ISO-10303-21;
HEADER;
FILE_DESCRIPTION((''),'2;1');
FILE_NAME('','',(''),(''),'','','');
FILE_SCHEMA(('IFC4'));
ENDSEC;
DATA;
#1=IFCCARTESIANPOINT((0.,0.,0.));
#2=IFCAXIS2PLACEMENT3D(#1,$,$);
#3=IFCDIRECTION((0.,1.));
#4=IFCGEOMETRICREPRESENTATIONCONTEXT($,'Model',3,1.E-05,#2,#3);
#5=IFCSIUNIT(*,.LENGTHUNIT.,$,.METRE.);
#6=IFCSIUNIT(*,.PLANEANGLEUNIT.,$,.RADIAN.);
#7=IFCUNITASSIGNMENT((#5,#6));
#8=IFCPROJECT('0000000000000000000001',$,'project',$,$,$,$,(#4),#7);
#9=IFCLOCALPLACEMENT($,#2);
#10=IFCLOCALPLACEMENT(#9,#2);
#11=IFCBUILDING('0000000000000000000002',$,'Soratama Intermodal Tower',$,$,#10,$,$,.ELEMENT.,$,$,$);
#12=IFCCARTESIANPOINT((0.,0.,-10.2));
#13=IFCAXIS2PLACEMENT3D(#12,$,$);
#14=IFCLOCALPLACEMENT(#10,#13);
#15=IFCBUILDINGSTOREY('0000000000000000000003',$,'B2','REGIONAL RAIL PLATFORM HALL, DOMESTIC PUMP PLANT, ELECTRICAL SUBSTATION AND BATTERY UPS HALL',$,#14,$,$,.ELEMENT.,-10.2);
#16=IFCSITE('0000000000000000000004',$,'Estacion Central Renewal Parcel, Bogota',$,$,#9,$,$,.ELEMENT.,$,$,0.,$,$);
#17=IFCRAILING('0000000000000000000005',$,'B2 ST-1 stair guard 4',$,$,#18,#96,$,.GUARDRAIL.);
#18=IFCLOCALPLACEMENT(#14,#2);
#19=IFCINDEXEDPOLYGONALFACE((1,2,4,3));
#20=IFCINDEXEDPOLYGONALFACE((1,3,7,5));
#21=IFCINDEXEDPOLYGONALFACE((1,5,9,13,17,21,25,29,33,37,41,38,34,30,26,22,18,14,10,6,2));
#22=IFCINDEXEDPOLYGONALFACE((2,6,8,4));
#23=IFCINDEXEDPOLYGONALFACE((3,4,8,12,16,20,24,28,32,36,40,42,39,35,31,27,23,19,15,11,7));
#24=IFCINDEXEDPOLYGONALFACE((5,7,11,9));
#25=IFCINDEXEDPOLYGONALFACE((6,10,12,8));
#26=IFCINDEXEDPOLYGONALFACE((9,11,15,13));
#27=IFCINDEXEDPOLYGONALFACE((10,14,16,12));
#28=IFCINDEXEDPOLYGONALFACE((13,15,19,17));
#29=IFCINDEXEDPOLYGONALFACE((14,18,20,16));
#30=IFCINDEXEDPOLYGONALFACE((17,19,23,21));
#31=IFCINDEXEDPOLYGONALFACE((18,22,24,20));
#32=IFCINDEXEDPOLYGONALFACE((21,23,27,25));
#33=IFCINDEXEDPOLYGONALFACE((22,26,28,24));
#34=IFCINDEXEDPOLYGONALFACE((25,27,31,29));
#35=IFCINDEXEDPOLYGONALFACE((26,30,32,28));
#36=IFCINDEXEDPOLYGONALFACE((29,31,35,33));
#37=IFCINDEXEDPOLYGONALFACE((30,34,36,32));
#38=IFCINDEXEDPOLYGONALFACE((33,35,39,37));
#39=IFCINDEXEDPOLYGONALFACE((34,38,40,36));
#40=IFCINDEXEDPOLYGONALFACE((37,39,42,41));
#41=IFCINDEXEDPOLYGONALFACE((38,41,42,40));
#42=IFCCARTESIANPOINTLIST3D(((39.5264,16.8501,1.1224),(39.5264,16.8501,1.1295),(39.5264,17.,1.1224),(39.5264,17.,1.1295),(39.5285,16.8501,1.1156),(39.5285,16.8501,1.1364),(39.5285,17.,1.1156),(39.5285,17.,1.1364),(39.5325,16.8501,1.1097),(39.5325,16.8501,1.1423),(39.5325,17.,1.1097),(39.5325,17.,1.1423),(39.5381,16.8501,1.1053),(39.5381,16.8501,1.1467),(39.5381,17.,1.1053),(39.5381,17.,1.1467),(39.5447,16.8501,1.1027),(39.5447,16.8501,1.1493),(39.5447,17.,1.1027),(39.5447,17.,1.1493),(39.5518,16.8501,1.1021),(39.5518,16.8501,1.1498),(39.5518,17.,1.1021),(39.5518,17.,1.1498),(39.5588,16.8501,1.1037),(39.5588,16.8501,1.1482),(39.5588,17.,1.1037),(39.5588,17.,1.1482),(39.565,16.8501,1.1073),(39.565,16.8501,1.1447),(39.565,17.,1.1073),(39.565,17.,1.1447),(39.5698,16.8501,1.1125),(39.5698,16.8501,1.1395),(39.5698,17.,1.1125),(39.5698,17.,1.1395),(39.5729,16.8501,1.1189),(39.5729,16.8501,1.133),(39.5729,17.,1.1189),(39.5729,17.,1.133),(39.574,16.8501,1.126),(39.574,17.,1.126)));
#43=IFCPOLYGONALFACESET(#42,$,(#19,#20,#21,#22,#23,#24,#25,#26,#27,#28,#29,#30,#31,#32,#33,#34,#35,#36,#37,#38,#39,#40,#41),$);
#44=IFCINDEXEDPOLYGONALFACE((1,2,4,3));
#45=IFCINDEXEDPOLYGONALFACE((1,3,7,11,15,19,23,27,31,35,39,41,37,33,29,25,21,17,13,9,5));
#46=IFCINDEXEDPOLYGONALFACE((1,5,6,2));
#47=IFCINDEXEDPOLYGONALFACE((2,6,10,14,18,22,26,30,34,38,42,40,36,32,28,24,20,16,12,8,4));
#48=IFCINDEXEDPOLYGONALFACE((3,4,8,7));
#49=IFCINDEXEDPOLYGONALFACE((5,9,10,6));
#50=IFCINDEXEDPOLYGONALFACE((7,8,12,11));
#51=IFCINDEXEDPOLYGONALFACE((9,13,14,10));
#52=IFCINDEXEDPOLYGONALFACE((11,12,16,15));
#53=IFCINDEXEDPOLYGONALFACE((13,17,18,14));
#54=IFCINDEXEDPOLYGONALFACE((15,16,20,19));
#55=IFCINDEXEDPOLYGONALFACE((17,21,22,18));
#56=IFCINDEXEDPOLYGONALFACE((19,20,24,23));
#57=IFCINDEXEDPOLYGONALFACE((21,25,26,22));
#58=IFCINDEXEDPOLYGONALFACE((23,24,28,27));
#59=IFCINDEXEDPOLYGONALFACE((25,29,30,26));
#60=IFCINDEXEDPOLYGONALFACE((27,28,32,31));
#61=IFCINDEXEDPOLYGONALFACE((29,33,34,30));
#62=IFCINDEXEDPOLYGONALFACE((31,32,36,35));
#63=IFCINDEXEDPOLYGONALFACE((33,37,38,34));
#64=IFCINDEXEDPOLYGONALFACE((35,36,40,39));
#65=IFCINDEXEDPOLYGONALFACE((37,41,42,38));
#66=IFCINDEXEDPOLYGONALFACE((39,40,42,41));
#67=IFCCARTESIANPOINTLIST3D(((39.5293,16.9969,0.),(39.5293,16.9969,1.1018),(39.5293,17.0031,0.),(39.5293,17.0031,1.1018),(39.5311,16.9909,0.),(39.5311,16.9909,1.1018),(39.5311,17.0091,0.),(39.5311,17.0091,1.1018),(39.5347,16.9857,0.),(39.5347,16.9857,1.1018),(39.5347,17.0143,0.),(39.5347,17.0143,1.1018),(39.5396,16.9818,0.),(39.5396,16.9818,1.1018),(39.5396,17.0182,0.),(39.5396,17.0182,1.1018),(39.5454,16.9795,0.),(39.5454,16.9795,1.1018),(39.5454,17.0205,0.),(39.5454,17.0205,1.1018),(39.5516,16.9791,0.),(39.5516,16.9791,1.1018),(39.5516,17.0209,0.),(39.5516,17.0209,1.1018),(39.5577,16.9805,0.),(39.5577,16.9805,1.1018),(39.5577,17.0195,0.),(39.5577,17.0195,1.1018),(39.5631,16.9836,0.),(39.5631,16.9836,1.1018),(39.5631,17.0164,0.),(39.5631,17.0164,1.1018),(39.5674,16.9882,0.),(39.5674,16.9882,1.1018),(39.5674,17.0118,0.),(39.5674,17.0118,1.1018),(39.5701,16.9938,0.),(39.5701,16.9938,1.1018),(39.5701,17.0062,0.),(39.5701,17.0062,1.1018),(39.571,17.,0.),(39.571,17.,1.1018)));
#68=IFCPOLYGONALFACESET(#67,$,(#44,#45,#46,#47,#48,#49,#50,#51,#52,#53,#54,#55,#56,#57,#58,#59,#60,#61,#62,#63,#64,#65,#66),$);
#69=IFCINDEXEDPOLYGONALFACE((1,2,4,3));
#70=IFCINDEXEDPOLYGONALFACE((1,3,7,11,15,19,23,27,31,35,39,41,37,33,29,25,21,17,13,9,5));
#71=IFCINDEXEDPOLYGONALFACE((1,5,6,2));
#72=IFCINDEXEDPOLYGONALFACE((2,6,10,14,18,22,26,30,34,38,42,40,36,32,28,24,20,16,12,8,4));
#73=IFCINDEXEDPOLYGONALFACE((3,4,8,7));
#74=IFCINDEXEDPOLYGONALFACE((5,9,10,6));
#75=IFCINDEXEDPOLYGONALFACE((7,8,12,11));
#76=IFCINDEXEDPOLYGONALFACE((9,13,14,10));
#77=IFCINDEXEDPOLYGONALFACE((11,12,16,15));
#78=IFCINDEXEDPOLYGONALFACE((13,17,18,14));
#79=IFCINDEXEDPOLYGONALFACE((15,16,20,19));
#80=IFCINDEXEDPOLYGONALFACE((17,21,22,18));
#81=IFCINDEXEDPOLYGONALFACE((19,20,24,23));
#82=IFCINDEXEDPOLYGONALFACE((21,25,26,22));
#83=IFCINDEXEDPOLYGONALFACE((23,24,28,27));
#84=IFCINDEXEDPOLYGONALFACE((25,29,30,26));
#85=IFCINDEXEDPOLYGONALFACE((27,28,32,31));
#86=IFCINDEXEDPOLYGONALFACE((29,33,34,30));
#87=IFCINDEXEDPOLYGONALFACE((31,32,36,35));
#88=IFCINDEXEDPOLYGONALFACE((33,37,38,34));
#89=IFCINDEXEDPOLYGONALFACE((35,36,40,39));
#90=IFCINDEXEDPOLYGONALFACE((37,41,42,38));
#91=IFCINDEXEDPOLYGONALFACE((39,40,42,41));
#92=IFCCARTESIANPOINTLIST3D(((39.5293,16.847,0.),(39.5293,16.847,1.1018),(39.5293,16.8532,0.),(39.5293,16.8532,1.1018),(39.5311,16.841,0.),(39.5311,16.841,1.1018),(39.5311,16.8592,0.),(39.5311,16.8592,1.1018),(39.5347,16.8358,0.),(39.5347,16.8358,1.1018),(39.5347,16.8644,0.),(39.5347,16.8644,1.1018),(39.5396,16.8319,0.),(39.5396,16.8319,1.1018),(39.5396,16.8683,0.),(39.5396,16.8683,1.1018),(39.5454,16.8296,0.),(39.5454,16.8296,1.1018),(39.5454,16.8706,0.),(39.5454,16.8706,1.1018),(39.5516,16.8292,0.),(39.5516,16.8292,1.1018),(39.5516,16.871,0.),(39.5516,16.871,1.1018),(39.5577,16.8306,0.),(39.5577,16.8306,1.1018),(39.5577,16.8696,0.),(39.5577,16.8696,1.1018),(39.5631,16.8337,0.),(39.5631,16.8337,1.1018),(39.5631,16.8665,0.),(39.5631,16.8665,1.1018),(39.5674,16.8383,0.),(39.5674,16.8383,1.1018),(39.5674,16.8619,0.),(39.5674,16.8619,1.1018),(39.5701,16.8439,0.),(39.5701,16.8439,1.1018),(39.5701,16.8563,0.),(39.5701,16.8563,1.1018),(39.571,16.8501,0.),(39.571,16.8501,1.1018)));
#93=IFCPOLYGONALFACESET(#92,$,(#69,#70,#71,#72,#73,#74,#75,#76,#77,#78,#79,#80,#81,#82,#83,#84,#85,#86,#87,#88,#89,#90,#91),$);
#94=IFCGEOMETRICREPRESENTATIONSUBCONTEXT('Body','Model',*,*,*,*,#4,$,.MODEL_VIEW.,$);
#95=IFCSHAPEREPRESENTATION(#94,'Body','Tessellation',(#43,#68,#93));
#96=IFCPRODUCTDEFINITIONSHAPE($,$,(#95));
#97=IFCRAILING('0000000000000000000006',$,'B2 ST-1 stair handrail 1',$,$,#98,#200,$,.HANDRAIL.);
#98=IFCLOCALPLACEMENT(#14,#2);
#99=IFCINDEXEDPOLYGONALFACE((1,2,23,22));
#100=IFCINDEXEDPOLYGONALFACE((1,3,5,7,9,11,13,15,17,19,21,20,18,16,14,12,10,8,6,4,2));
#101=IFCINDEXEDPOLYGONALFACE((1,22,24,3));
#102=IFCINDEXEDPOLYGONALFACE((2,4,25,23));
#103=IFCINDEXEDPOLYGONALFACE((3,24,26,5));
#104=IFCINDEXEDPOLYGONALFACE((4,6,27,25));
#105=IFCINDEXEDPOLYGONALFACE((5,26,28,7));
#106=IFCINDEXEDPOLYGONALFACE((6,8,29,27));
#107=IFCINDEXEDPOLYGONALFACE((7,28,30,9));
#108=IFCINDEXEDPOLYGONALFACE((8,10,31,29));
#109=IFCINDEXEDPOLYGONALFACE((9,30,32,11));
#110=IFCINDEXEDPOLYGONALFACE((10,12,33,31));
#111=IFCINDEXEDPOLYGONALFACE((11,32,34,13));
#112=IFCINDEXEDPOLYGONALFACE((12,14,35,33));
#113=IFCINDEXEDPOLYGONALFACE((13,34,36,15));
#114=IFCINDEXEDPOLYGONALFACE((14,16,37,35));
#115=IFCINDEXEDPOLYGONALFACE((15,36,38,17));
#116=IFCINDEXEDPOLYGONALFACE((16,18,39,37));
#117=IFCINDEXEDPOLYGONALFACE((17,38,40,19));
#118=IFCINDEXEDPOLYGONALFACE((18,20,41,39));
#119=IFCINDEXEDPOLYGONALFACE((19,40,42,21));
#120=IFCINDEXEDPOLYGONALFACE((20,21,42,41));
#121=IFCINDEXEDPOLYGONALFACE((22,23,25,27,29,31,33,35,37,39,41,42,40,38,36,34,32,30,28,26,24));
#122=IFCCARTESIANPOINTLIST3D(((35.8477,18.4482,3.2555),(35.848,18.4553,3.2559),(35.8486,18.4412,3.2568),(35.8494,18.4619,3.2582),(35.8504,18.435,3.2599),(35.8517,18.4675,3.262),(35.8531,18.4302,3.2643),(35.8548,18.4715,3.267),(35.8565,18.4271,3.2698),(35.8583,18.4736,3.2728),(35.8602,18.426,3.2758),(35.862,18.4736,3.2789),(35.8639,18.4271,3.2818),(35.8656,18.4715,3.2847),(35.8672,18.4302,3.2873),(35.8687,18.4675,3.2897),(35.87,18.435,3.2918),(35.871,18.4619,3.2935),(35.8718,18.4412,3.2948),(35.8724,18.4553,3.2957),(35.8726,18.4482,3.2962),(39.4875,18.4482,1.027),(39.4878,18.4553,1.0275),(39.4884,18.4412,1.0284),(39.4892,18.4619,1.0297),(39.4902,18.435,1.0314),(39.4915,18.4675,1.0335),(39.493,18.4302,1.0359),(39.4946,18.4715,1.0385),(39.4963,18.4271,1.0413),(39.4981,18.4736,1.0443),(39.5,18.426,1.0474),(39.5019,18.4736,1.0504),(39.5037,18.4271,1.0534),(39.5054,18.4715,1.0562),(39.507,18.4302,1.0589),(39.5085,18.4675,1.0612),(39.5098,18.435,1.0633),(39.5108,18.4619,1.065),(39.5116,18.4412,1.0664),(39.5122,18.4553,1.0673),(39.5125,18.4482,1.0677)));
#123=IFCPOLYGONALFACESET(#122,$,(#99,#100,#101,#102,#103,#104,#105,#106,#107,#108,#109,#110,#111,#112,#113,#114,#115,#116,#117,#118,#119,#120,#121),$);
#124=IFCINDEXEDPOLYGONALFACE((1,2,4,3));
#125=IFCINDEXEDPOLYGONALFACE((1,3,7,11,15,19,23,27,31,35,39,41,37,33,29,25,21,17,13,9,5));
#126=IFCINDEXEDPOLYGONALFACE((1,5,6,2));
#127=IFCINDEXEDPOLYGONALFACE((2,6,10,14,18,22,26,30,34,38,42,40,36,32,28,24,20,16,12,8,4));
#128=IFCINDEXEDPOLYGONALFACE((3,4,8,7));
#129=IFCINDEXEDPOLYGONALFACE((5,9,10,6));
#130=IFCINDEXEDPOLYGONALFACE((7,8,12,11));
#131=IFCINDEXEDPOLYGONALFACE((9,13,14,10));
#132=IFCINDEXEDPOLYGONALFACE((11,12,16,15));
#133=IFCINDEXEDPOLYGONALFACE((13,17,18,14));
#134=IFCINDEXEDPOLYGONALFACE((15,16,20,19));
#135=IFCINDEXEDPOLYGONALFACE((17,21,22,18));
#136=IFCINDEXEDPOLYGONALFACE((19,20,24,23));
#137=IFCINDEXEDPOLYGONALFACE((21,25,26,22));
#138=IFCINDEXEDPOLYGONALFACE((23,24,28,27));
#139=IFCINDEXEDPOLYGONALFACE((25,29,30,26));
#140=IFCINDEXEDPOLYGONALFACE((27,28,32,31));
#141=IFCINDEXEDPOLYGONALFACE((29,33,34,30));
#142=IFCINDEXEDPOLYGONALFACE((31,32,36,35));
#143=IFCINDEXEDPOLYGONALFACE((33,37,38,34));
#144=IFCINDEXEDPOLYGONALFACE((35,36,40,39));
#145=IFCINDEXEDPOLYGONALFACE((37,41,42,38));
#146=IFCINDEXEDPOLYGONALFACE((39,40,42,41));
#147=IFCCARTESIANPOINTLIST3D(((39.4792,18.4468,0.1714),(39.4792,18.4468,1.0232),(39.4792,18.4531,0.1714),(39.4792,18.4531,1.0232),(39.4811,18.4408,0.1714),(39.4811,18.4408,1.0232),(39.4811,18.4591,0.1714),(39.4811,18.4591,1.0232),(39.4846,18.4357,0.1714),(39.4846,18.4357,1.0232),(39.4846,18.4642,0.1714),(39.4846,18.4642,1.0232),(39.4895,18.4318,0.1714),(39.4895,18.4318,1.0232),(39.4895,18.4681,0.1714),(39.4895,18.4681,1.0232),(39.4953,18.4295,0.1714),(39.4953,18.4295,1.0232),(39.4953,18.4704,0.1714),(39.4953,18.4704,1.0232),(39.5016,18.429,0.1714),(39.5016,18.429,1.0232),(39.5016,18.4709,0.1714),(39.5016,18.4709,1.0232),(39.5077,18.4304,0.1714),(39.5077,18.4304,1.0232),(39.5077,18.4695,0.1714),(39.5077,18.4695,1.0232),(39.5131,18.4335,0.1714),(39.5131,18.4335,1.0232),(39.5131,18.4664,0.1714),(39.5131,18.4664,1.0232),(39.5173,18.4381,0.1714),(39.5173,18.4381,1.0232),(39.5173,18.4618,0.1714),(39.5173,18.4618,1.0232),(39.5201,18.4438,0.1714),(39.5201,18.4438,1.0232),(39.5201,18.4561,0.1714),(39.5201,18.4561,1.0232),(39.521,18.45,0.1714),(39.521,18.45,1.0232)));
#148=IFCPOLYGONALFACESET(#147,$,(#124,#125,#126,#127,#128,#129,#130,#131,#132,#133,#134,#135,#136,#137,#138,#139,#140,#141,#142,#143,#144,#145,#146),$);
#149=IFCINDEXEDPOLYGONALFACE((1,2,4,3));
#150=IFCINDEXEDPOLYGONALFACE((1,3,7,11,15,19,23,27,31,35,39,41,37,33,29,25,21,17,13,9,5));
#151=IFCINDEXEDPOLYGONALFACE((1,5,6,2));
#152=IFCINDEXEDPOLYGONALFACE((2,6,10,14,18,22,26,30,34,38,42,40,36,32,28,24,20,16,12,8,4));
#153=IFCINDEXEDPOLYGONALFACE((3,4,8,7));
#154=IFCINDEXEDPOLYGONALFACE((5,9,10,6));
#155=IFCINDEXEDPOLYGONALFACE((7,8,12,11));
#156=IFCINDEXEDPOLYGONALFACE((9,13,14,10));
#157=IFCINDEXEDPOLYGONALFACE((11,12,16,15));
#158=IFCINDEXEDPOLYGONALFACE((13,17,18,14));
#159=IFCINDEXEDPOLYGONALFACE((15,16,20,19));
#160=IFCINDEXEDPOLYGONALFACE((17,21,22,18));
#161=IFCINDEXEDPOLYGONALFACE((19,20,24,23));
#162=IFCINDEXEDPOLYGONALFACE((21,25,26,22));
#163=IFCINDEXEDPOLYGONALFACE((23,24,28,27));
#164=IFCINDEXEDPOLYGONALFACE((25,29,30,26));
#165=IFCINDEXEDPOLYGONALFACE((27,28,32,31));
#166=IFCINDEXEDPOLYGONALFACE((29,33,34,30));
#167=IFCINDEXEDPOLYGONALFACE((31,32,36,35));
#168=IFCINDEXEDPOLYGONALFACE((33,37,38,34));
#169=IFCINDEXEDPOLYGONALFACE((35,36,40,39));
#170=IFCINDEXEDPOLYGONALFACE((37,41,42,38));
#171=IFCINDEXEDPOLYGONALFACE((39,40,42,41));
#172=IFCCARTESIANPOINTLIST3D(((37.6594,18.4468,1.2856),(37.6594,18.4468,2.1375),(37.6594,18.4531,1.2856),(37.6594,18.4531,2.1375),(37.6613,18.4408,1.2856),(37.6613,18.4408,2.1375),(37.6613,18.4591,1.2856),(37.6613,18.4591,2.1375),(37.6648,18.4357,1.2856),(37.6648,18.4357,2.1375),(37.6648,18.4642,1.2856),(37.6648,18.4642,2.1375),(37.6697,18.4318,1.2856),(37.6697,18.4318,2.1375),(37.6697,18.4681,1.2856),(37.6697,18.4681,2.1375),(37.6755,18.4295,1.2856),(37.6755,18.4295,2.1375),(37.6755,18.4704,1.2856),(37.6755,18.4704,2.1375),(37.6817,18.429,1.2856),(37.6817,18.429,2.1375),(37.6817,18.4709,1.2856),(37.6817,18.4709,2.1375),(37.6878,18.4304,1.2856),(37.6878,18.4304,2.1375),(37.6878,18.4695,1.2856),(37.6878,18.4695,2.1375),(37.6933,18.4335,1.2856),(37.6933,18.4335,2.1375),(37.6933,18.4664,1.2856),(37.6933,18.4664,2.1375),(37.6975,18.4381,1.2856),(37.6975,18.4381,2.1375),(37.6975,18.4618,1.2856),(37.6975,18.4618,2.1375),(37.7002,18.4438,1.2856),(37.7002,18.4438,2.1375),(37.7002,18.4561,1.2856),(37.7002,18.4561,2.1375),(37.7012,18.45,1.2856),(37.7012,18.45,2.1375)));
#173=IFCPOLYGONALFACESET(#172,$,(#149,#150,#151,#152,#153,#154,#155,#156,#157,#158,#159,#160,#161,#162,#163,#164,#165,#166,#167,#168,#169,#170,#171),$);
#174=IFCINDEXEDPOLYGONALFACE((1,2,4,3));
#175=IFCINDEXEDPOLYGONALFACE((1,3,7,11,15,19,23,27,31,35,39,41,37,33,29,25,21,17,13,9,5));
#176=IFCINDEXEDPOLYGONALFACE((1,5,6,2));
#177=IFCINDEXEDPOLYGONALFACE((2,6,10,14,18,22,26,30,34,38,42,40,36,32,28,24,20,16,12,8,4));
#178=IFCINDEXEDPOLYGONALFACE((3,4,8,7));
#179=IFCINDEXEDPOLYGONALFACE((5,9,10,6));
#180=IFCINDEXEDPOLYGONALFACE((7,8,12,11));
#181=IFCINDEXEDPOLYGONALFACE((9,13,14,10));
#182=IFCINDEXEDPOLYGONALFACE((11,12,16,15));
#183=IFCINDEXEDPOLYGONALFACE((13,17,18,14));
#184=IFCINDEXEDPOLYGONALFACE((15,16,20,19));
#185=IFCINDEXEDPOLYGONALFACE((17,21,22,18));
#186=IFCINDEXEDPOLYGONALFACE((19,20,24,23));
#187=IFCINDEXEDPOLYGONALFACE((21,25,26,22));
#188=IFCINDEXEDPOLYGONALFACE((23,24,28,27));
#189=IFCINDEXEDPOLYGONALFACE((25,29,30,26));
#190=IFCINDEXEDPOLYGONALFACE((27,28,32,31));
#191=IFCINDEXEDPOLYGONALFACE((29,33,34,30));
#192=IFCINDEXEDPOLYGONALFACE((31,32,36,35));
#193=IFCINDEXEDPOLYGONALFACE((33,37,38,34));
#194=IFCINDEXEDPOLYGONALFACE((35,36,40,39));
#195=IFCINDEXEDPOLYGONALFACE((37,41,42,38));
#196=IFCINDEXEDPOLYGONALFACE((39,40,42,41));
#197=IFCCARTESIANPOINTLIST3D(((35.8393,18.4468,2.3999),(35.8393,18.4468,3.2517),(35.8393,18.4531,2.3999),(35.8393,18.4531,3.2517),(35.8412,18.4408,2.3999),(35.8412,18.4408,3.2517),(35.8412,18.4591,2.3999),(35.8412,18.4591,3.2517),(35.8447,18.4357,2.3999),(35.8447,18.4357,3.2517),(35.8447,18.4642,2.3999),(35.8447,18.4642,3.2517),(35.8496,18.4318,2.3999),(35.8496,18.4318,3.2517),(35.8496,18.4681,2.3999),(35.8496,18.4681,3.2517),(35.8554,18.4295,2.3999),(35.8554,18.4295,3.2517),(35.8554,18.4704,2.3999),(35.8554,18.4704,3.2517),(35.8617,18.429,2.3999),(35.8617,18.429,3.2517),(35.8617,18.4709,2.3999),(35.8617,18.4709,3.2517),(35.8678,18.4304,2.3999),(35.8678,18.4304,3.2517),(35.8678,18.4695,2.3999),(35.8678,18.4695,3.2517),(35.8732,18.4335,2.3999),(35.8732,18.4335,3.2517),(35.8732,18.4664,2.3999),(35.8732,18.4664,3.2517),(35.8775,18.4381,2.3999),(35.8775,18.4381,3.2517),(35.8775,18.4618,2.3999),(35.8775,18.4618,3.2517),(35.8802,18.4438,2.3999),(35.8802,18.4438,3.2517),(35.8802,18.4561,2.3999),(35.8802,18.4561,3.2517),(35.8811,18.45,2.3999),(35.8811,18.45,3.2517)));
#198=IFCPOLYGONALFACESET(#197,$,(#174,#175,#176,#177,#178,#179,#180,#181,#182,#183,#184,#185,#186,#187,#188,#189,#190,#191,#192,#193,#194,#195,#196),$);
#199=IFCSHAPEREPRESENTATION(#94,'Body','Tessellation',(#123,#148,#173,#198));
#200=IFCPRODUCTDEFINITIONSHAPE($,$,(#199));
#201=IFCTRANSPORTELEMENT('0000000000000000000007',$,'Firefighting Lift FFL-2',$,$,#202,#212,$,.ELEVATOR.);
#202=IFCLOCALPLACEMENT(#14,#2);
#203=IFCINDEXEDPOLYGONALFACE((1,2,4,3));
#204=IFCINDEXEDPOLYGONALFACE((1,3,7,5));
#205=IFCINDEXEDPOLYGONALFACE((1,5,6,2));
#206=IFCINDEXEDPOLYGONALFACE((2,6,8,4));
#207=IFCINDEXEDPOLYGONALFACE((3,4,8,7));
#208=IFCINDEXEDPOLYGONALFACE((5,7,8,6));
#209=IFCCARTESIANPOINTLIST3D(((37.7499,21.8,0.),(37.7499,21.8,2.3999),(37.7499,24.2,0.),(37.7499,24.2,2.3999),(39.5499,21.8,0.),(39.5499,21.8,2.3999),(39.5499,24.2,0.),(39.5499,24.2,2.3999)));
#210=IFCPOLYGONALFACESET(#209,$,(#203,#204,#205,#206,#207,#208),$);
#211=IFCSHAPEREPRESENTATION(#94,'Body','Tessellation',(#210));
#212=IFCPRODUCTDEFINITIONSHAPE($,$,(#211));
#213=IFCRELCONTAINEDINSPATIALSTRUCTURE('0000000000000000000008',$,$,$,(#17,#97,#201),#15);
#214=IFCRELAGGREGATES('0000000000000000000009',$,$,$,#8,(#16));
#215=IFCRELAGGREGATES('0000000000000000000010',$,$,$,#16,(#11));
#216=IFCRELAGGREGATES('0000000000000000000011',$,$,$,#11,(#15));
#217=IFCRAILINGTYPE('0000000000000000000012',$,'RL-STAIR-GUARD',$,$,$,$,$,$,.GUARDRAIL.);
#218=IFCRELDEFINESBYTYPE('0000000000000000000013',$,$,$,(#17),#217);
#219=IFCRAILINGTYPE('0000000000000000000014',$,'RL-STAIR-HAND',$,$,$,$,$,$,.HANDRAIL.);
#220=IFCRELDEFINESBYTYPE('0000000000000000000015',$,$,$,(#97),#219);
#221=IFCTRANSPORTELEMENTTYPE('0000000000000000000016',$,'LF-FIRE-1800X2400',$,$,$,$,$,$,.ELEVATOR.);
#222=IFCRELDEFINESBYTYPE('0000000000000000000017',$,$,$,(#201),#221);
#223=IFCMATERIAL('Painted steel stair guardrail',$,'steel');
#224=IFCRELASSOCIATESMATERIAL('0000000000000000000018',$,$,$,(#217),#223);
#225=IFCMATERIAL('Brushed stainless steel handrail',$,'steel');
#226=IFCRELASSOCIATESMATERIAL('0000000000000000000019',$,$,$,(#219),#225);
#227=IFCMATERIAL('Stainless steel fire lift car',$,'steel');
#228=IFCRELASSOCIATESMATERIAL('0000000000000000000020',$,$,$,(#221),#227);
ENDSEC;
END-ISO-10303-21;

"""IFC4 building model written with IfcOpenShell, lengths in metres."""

from ifc_helpers import new_model, si_unit, direction, frame, origin, origin_2d, place, context, subcontext, project, spatial, rectangle, circle, extrude, material, type_object, element, save


model = new_model("IFC4")

# Units and contexts
model_context = context("Model", 3, precision=1e-05, world=origin(), true_north=direction((0.0, 1.0)))
body_context = subcontext(model_context, "Body", "Model", "MODEL_VIEW")
ifc_project = project(units=[si_unit("LENGTHUNIT", "METRE"), si_unit("PLANEANGLEUNIT", "RADIAN")], contexts=[model_context])

# Site, building, storey
site_placement = place(None, origin())
site = spatial("IfcSite", under=ifc_project, at=site_placement, Name="Estacion Central Renewal Parcel, Bogota", CompositionType="ELEMENT", RefElevation=0.0)
building_placement = place(site_placement, origin())
building = spatial("IfcBuilding", under=site, at=building_placement, Name="Soratama Intermodal Tower", CompositionType="ELEMENT")
storey_placement = place(building_placement, frame((0.0, 0.0, -10.2)))
storey = spatial("IfcBuildingStorey", under=building, at=storey_placement, Name="B2", Description="REGIONAL RAIL PLATFORM HALL, DOMESTIC PUMP PLANT, ELECTRICAL SUBSTATION AND BATTERY UPS HALL", CompositionType="ELEMENT", Elevation=-10.2)

# Railings
ifc_material_1 = material(Name="Painted steel stair guardrail", Category="steel")
railing_type_1 = type_object("IfcRailingType", Name="RL-STAIR-GUARD", PredefinedType="GUARDRAIL", material=ifc_material_1)
railing_1_placement = place(storey_placement, frame((39.55, 17.0, 0.0)))
element("IfcRailing", 1, at=railing_1_placement, inside=storey, type_object=railing_type_1, Name="B2 ST-1 stair guard 4", PredefinedType="GUARDRAIL", context=body_context, shape_type="SweptSolid", body=[
    extrude(circle(Radius=0.0239, at=origin_2d()), frame((0.0, 0.0, 1.126), z_axis=(0.0, -1.0, 0.0), x_axis=(1.0, 0.0, 0.0)), (0.0, 0.0, 1.0), 0.1499),
    extrude(circle(Radius=0.021, at=origin_2d()), origin(), (0.0, 0.0, 1.0), 1.1018),
    extrude(circle(Radius=0.021, at=origin_2d()), frame((0.0, -0.1499, 0.0)), (0.0, 0.0, 1.0), 1.1018),
])
ifc_material_2 = material(Name="Brushed stainless steel handrail", Category="steel")
railing_type_2 = type_object("IfcRailingType", Name="RL-STAIR-HAND", PredefinedType="HANDRAIL", material=ifc_material_2)
railing_2_placement = place(storey_placement, frame((39.5, 18.45, 0.1714)))
element("IfcRailing", 2, at=railing_2_placement, inside=storey, type_object=railing_type_2, Name="B2 ST-1 stair handrail 1", PredefinedType="HANDRAIL", context=body_context, shape_type="SweptSolid", body=[
    extrude(circle(Radius=0.0239, at=origin_2d()), frame((0.0, 0.0, 0.876), z_axis=(-0.85285, 0.0, 0.522156), x_axis=(0.0, -1.0, 0.0)), (0.0, 0.0, 1.0), 4.2678),
    extrude(circle(Radius=0.021, at=origin_2d()), origin(), (0.0, 0.0, 1.0), 0.8518),
    extrude(circle(Radius=0.021, at=origin_2d()), frame((-1.8198, 0.0, 1.1143)), (0.0, 0.0, 1.0), 0.8518),
    extrude(circle(Radius=0.021, at=origin_2d()), frame((-3.6399, 0.0, 2.2285)), (0.0, 0.0, 1.0), 0.8518),
])

# Transport element
ifc_material_3 = material(Name="Stainless steel fire lift car", Category="steel")
transport_element_type = type_object("IfcTransportElementType", Name="LF-FIRE-1800X2400", PredefinedType="ELEVATOR", material=ifc_material_3)
transport_element_placement = place(storey_placement, frame((38.6499, 23.0, 0.0), z_axis=(0.0, 0.0, 1.0), x_axis=(1.0, 0.0, 0.0)))
element("IfcTransportElement", 3, at=transport_element_placement, inside=storey, type_object=transport_element_type, Name="Firefighting Lift FFL-2", PredefinedType="ELEVATOR", context=body_context, shape_type="SweptSolid", body=[
    extrude(rectangle(XDim=1.8, YDim=2.3999, at=origin_2d()), origin(), (0.0, 0.0, 1.0), 2.3999),
])

save(model, "model.ifc")
